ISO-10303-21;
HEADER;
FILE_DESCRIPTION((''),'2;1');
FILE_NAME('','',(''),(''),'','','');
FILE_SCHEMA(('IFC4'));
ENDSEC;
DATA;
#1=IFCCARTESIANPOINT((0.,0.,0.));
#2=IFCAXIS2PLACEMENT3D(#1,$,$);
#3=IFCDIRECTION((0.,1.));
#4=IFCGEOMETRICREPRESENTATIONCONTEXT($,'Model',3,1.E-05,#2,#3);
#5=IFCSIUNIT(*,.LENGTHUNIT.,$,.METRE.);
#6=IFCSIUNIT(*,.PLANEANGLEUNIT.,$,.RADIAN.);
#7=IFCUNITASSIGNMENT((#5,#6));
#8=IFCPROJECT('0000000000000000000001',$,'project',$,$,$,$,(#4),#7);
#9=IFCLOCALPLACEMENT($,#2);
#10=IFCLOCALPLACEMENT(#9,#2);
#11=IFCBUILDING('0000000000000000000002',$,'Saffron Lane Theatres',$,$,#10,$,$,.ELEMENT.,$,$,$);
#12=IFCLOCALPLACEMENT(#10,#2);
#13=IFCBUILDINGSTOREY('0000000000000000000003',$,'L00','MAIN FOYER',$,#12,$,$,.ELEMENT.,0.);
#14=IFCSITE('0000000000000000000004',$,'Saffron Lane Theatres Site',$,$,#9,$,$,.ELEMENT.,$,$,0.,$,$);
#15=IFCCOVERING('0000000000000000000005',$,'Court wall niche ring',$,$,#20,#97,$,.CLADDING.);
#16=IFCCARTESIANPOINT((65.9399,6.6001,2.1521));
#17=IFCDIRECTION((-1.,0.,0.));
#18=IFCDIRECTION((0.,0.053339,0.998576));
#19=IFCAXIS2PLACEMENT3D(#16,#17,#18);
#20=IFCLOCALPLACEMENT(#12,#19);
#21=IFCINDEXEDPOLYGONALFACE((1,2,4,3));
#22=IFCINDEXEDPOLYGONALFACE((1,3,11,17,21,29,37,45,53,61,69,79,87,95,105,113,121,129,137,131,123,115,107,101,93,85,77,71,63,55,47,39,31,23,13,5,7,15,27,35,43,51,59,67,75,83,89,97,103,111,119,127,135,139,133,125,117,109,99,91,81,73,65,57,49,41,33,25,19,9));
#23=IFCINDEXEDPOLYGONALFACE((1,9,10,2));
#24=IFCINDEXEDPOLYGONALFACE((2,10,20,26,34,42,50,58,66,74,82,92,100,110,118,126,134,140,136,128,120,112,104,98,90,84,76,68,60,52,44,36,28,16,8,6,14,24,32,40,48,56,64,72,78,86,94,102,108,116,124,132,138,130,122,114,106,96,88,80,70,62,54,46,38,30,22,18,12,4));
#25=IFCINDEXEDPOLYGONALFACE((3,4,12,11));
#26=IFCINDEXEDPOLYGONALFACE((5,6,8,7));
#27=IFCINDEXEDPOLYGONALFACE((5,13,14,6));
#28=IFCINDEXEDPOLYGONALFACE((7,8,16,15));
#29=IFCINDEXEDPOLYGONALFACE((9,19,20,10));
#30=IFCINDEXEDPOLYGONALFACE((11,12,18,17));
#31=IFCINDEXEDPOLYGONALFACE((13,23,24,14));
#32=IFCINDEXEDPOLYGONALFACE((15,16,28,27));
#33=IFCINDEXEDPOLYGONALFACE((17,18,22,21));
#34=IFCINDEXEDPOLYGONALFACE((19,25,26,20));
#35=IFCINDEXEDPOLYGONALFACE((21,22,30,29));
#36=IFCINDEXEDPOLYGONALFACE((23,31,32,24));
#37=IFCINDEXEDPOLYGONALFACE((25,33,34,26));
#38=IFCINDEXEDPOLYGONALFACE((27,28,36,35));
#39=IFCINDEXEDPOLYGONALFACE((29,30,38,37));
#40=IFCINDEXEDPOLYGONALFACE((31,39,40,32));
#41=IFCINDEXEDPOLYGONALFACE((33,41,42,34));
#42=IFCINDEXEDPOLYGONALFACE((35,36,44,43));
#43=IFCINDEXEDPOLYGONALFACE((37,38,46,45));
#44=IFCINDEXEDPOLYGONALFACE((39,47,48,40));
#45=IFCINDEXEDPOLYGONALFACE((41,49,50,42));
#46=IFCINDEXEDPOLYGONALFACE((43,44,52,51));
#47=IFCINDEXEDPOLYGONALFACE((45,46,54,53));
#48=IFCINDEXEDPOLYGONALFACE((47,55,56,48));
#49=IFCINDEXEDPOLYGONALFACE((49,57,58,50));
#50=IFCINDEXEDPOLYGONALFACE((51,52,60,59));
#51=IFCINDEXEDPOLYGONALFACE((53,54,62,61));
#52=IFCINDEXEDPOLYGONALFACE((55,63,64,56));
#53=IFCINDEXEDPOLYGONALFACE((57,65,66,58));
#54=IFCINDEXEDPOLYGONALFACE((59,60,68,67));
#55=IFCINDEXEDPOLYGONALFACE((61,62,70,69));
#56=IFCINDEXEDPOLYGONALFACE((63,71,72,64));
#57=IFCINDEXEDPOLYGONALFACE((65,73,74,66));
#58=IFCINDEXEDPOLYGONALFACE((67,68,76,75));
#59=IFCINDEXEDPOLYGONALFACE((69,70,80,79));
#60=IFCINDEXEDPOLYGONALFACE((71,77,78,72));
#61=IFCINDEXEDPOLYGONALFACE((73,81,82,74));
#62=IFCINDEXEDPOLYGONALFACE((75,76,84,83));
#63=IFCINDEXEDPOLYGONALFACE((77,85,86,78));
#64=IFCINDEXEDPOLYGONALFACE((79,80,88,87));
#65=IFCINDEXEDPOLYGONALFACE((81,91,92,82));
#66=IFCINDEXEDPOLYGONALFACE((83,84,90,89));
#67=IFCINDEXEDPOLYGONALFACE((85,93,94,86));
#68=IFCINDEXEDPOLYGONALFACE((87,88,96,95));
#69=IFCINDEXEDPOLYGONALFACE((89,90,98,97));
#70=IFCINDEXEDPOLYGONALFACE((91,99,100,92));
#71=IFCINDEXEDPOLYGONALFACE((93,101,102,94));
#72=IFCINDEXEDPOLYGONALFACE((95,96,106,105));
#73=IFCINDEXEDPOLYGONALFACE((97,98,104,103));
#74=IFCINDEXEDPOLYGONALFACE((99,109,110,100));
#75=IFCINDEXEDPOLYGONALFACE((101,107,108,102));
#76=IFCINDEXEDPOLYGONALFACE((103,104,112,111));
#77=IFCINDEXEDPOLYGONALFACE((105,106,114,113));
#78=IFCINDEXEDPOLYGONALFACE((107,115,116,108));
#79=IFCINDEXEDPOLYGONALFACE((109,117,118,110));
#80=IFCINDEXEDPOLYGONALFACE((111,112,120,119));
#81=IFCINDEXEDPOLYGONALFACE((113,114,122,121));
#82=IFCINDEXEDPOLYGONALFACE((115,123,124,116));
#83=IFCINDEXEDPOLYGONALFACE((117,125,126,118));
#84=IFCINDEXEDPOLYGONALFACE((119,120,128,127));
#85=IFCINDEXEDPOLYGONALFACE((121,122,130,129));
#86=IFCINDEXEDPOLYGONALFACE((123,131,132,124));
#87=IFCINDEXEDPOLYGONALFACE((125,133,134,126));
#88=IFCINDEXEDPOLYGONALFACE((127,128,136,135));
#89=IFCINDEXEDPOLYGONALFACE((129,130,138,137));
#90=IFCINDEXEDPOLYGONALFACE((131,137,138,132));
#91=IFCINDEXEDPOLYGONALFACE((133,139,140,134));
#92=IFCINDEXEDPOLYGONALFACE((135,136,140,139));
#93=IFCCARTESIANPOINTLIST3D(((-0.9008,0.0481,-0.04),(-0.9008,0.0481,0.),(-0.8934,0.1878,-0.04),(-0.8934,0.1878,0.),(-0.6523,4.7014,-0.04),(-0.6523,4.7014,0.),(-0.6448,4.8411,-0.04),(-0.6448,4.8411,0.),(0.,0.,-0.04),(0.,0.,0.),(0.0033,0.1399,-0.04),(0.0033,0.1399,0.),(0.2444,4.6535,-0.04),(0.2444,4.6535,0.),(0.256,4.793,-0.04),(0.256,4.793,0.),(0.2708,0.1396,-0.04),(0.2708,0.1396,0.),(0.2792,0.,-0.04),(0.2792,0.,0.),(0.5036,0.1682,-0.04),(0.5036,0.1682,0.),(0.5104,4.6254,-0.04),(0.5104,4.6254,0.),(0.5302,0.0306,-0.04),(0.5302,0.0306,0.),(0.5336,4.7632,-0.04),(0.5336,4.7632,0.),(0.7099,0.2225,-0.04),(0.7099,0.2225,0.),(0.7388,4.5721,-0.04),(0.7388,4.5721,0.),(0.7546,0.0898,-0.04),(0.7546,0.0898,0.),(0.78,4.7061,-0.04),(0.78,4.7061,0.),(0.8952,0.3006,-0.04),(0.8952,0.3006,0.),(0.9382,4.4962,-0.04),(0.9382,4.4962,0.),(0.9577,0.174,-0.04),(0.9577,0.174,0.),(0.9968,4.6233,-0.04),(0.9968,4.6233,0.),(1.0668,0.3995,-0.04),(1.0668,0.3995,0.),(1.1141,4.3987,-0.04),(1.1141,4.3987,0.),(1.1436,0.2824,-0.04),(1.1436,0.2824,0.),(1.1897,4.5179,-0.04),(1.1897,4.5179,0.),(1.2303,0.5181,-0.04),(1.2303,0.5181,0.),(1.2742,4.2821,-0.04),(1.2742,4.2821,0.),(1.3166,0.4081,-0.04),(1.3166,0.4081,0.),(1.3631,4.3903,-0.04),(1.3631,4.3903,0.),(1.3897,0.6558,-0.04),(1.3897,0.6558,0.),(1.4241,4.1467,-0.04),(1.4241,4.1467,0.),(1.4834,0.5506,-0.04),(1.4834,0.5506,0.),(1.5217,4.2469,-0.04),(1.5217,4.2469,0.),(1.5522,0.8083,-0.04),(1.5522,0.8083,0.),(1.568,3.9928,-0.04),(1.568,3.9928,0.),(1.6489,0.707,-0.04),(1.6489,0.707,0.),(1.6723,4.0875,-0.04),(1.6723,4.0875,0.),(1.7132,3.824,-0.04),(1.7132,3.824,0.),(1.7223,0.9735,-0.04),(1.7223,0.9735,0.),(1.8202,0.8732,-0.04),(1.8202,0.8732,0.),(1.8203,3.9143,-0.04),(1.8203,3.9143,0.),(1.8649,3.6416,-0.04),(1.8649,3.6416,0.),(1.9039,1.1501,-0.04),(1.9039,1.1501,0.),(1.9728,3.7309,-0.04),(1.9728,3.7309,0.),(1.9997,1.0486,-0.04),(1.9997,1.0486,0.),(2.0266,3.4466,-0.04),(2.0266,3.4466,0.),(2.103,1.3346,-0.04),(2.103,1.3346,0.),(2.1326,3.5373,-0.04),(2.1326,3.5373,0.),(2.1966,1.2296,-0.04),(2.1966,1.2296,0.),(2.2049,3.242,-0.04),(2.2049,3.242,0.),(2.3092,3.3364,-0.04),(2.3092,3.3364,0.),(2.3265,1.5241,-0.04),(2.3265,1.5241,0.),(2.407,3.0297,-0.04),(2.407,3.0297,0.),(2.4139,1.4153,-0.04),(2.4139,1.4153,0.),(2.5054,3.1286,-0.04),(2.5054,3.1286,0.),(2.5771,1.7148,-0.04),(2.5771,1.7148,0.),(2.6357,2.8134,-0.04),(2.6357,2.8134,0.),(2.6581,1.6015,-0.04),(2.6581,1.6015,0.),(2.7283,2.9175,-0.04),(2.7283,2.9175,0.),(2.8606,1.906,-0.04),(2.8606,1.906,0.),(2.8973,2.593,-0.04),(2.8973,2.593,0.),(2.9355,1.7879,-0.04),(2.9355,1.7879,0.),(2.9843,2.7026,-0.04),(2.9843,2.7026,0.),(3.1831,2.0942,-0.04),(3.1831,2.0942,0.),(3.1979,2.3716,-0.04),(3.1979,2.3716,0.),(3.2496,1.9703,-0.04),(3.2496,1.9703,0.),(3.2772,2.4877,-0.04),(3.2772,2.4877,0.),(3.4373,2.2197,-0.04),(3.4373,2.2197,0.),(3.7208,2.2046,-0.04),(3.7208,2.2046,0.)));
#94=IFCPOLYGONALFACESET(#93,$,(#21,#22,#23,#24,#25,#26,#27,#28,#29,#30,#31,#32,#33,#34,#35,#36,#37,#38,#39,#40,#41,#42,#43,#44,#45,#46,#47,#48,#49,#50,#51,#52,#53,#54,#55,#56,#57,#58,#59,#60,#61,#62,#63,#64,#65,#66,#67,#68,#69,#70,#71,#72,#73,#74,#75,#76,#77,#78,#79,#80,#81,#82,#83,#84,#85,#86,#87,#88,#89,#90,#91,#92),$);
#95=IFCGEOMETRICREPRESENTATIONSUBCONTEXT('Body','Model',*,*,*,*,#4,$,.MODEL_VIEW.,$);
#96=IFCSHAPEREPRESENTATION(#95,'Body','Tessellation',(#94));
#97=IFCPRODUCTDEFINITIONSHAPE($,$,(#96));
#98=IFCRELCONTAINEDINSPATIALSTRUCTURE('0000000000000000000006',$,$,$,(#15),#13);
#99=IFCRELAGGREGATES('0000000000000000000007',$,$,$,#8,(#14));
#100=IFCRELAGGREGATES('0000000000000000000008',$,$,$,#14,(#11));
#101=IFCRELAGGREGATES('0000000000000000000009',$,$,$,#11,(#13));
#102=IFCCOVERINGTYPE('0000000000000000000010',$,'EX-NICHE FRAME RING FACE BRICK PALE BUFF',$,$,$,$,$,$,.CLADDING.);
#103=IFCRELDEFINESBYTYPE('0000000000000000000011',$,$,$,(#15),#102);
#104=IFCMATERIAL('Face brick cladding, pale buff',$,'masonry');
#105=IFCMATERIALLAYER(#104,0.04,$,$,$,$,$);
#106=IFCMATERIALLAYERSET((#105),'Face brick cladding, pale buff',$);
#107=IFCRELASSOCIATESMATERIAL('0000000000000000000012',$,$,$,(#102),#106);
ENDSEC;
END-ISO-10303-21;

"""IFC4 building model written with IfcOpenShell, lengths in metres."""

from ifc_helpers import new_model, si_unit, direction, frame, origin, place, context, subcontext, project, spatial, polyline, outline, extrude, material, layer, layer_set, type_object, element, save


model = new_model("IFC4")

# Units and contexts
model_context = context("Model", 3, precision=1e-05, world=origin(), true_north=direction((0.0, 1.0)))
body_context = subcontext(model_context, "Body", "Model", "MODEL_VIEW")
ifc_project = project(units=[si_unit("LENGTHUNIT", "METRE"), si_unit("PLANEANGLEUNIT", "RADIAN")], contexts=[model_context])

# Site, building, storey
site_placement = place(None, origin())
site = spatial("IfcSite", under=ifc_project, at=site_placement, Name="Saffron Lane Theatres Site", CompositionType="ELEMENT", RefElevation=0.0)
building_placement = place(site_placement, origin())
building = spatial("IfcBuilding", under=site, at=building_placement, Name="Saffron Lane Theatres", CompositionType="ELEMENT")
storey_placement = place(building_placement, origin())
storey = spatial("IfcBuildingStorey", under=building, at=storey_placement, Name="L00", Description="MAIN FOYER", CompositionType="ELEMENT", Elevation=0.0)

# Covering
ifc_material_1 = material(Name="Face brick cladding, pale buff", Category="masonry")
ifc_layer_1 = layer(ifc_material_1, 0.04)
ifc_layer_set_1 = layer_set([ifc_layer_1], Name="Face brick cladding, pale buff")
covering_type_1 = type_object("IfcCoveringType", Name="EX-NICHE FRAME RING FACE BRICK PALE BUFF", PredefinedType="CLADDING", material=ifc_layer_set_1)
covering_1_placement = place(storey_placement, frame((65.9399, 6.6001, 2.1521), z_axis=(-1.0, 0.0, 0.0), x_axis=(0.0, 0.053339, 0.998576)))
element("IfcCovering", 1, at=covering_1_placement, inside=storey, type_object=covering_type_1, Name="Court wall niche ring", PredefinedType="CLADDING", context=body_context, shape_type="SweptSolid", body=[
    extrude(outline(polyline([(0.0, 0.0), (0.2792, 0.0), (0.5302, 0.0306), (0.7546, 0.0898), (0.9577, 0.174), (1.1436, 0.2824), (1.3166, 0.4081), (1.4834, 0.5506), (1.6489, 0.707), (1.8202, 0.8732), (1.9997, 1.0486), (2.1966, 1.2296), (2.4139, 1.4153), (2.6581, 1.6015), (2.9355, 1.7879), (3.2496, 1.9703), (3.7208, 2.2046), (3.2772, 2.4877), (2.9843, 2.7026), (2.7283, 2.9175), (2.5054, 3.1286), (2.3092, 3.3364), (2.1326, 3.5373), (1.9728, 3.7309), (1.8203, 3.9143), (1.6723, 4.0875), (1.5217, 4.2469), (1.3631, 4.3903), (1.1897, 4.5179), (0.9968, 4.6233), (0.78, 4.7061), (0.5336, 4.7632), (0.256, 4.793), (-0.6448, 4.8411), (-0.6523, 4.7014), (0.2444, 4.6535), (0.5104, 4.6254), (0.7388, 4.5721), (0.9382, 4.4962), (1.1141, 4.3987), (1.2742, 4.2821), (1.4241, 4.1467), (1.568, 3.9928), (1.7132, 3.824), (1.8649, 3.6416), (2.0266, 3.4466), (2.2049, 3.242), (2.407, 3.0297), (2.6357, 2.8134), (2.8973, 2.593), (3.1979, 2.3716), (3.4373, 2.2197), (3.1831, 2.0942), (2.8606, 1.906), (2.5771, 1.7148), (2.3265, 1.5241), (2.103, 1.3346), (1.9039, 1.1501), (1.7223, 0.9735), (1.5522, 0.8083), (1.3897, 0.6558), (1.2303, 0.5181), (1.0668, 0.3995), (0.8952, 0.3006), (0.7099, 0.2225), (0.5036, 0.1682), (0.2708, 0.1396), (0.0033, 0.1399), (-0.8934, 0.1878), (-0.9008, 0.0481), (0.0, 0.0)])), origin(), (0.0, 0.0, -1.0), 0.04),
])

save(model, "model.ifc")
